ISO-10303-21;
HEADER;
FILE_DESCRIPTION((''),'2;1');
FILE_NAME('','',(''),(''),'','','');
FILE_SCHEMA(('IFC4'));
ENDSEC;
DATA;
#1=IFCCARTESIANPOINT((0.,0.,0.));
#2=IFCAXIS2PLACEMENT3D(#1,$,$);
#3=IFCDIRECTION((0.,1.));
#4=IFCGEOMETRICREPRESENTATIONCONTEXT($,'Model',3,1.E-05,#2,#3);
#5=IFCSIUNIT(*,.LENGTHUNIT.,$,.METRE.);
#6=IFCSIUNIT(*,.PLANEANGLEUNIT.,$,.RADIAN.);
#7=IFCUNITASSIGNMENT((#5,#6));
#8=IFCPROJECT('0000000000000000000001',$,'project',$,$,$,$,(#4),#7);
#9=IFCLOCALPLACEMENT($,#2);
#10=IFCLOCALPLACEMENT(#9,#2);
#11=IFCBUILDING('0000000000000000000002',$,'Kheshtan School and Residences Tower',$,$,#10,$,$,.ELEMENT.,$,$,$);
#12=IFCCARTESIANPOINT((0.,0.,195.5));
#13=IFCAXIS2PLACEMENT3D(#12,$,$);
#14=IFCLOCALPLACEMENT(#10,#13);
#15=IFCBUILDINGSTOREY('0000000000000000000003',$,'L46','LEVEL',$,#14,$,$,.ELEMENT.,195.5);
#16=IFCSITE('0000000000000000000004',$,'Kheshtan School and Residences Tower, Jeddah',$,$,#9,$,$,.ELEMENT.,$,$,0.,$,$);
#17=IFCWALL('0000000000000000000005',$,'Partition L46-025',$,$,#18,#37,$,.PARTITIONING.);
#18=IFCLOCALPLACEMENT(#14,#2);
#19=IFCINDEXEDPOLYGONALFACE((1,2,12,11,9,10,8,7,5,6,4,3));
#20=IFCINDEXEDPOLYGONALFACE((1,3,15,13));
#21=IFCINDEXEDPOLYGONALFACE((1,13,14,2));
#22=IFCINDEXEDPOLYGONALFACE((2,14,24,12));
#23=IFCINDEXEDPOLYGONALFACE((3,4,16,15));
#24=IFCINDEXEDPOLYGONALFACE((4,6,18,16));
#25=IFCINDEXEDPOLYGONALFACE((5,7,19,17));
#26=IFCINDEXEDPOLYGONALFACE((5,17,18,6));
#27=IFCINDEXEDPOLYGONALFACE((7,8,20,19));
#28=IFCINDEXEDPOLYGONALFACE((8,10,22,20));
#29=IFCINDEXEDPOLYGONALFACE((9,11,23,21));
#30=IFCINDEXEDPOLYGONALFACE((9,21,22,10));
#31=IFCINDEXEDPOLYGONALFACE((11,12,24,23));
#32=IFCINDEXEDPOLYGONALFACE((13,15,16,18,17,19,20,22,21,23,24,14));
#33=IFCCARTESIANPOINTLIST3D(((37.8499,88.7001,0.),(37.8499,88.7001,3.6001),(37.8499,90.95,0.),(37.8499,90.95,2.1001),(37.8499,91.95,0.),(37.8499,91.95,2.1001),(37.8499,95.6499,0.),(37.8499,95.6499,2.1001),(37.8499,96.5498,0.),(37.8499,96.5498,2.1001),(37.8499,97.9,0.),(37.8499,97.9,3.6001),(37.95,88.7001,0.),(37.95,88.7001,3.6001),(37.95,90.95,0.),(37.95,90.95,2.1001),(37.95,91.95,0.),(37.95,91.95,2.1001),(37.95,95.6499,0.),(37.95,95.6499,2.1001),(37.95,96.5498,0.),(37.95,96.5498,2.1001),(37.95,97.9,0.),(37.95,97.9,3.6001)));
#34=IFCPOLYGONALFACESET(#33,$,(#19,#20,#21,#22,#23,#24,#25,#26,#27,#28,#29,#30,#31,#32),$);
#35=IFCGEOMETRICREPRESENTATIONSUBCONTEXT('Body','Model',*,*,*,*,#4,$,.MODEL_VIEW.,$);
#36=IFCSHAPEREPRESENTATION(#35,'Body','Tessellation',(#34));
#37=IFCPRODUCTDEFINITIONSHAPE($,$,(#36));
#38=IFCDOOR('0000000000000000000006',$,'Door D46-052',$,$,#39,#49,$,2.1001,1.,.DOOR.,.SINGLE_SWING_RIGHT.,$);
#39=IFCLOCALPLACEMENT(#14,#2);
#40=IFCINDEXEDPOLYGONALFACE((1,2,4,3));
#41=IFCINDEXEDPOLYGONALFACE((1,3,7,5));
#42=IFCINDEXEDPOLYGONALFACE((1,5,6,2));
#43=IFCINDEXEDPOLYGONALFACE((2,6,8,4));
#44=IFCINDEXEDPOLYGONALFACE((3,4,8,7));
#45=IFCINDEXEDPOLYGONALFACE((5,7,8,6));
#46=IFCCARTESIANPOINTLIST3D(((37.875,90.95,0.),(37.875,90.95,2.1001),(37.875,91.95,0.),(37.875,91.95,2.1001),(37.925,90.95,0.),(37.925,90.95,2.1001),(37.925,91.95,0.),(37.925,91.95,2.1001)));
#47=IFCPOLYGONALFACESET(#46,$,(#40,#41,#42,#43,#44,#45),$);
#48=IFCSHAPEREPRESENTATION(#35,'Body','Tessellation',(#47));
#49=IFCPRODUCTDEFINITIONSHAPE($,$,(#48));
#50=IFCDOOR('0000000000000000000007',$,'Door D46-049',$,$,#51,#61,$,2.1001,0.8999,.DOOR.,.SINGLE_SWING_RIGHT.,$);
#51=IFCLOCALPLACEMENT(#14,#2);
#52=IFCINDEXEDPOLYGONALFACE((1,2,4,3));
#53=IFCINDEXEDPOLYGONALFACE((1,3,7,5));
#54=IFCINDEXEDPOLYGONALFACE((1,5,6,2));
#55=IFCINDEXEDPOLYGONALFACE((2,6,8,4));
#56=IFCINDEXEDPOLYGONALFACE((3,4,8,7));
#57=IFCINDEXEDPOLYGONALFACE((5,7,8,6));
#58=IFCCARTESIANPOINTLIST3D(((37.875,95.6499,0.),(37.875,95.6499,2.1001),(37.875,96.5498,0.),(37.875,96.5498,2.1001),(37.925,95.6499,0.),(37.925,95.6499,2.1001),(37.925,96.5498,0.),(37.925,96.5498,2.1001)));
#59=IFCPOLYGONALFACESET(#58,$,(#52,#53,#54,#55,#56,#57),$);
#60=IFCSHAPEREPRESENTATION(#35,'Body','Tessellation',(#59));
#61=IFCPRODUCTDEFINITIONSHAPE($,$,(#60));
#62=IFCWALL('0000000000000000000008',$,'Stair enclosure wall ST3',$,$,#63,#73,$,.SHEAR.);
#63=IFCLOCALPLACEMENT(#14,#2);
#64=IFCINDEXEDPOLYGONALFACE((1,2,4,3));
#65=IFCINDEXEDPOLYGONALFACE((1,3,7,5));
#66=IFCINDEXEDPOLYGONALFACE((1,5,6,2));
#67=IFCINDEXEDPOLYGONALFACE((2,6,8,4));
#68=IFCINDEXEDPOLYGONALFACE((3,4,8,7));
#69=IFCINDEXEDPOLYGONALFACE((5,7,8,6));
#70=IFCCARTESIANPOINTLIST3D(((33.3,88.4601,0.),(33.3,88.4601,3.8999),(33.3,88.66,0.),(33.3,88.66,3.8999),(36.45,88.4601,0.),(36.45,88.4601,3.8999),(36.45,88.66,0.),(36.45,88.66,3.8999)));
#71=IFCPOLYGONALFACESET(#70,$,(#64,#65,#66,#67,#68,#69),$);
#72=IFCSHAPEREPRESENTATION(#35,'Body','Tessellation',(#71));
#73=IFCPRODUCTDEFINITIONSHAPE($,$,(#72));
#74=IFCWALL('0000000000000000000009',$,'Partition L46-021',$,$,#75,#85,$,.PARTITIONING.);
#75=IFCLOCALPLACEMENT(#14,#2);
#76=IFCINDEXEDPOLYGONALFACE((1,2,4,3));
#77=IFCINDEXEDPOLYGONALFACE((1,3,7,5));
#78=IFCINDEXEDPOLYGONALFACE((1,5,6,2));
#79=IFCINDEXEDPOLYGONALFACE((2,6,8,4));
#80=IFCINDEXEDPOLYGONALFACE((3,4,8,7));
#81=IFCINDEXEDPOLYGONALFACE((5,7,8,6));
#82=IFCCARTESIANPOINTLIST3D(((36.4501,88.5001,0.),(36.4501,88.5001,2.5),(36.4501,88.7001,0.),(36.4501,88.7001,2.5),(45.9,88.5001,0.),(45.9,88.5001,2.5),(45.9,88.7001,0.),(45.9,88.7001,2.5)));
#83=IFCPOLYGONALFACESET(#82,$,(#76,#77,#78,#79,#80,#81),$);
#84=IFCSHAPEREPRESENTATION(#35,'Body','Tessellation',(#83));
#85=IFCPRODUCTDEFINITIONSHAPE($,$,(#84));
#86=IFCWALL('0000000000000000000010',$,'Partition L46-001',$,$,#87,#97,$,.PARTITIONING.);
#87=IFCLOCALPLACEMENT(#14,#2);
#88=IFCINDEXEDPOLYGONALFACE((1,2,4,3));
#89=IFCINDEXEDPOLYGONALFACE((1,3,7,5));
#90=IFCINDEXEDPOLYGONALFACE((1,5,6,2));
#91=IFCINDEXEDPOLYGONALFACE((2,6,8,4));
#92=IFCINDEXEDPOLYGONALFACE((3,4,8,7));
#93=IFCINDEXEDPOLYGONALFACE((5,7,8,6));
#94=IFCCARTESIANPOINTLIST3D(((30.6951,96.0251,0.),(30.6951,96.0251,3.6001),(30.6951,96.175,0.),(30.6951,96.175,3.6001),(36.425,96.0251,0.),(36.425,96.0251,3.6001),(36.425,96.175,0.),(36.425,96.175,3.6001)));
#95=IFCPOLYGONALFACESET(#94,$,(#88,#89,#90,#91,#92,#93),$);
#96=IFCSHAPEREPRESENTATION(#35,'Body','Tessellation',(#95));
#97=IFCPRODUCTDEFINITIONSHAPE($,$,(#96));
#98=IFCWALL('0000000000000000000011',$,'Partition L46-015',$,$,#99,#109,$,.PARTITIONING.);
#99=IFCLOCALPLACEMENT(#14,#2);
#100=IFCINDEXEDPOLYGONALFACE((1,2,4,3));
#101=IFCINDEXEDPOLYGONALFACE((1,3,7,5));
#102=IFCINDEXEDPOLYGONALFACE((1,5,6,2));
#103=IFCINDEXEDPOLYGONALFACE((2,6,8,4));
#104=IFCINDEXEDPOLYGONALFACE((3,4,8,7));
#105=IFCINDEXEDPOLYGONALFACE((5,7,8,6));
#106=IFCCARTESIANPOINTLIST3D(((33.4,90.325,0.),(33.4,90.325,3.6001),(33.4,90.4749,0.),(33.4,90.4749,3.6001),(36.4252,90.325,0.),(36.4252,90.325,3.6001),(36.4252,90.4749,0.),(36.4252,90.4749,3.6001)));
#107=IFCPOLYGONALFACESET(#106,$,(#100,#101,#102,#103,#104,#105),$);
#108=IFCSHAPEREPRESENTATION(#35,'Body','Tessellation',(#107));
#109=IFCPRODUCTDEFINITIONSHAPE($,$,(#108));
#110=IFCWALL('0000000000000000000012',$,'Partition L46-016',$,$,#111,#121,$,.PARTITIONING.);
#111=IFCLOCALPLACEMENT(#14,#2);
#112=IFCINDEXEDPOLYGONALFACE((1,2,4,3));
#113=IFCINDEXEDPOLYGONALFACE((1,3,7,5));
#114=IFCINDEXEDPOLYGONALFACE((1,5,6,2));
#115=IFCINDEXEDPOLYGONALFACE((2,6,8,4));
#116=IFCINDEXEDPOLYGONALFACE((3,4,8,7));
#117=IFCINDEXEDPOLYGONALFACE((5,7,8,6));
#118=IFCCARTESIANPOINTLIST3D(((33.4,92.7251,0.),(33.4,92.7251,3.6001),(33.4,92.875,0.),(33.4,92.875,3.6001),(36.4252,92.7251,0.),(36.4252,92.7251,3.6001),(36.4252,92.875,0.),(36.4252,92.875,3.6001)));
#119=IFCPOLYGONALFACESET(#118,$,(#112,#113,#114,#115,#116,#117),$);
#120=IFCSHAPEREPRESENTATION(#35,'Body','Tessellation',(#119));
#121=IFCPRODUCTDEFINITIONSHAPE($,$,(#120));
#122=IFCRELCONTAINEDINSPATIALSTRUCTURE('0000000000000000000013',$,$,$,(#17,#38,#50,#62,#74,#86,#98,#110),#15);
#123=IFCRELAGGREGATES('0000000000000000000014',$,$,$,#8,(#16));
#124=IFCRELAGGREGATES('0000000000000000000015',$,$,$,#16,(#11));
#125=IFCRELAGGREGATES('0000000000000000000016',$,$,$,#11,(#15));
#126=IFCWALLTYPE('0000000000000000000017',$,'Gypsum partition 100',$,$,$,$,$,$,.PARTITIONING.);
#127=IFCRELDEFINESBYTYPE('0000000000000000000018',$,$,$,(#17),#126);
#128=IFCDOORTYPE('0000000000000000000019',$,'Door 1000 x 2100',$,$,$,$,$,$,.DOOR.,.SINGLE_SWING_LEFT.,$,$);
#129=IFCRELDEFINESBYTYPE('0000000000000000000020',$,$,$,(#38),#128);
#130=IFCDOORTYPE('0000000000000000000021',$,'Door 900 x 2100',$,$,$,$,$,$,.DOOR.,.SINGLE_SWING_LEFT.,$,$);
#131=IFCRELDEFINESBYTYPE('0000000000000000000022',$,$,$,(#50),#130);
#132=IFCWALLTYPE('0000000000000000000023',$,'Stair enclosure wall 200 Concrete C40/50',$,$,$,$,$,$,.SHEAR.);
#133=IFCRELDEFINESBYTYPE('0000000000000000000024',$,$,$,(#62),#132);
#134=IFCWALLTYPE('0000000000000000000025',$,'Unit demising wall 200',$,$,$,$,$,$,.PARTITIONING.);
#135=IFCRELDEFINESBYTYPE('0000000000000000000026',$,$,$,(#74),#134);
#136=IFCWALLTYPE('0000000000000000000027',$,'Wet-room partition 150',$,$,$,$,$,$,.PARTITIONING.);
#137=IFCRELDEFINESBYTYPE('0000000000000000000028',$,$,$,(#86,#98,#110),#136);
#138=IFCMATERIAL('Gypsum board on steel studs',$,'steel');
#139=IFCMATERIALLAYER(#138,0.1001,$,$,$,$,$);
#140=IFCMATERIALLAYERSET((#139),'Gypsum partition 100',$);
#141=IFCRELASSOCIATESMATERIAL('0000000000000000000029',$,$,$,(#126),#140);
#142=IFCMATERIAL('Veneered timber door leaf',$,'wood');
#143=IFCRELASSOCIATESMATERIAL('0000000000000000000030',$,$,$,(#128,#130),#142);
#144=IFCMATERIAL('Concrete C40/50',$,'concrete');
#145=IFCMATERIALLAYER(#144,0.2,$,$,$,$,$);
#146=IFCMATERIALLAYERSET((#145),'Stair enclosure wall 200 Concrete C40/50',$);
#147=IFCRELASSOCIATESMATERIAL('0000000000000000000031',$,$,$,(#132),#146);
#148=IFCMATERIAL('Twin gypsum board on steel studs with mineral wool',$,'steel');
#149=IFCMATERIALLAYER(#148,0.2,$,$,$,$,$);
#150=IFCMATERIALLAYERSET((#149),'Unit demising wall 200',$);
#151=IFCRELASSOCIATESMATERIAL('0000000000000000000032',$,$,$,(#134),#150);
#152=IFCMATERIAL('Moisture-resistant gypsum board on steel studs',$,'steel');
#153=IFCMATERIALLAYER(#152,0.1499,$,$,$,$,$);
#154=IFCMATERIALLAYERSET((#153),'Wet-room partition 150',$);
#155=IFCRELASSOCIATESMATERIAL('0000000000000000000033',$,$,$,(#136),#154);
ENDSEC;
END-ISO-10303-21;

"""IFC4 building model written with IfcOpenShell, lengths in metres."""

from ifc_helpers import new_model, si_unit, direction, frame, frame_2d, origin, place, context, subcontext, project, spatial, rectangle, extrude, source, transform, mapped, material, layer, layer_set, type_object, element, fill, save


model = new_model("IFC4")

# Units and contexts
model_context = context("Model", 3, precision=1e-05, world=origin(), true_north=direction((0.0, 1.0)))
body_context = subcontext(model_context, "Body", "Model", "MODEL_VIEW")
ifc_project = project(units=[si_unit("LENGTHUNIT", "METRE"), si_unit("PLANEANGLEUNIT", "RADIAN")], contexts=[model_context])

# Site, building, storey
site_placement = place(None, origin())
site = spatial("IfcSite", under=ifc_project, at=site_placement, Name="Kheshtan School and Residences Tower, Jeddah", CompositionType="ELEMENT", RefElevation=0.0)
building_placement = place(site_placement, origin())
building = spatial("IfcBuilding", under=site, at=building_placement, Name="Kheshtan School and Residences Tower", CompositionType="ELEMENT")
storey_placement = place(building_placement, frame((0.0, 0.0, 195.5)))
storey = spatial("IfcBuildingStorey", under=building, at=storey_placement, Name="L46", Description="LEVEL", CompositionType="ELEMENT", Elevation=195.5)

# Wall, openings, doors
ifc_material_1 = material(Name="Gypsum board on steel studs", Category="steel")
ifc_layer_1 = layer(ifc_material_1, 0.1001)
ifc_layer_set_1 = layer_set([ifc_layer_1], Name="Gypsum partition 100")
wall_type_1 = type_object("IfcWallType", Name="Gypsum partition 100", PredefinedType="PARTITIONING", material=ifc_layer_set_1)
wall_1_placement = place(storey_placement, frame((37.8999, 88.7, 0.0), z_axis=(0.0, 0.0, 1.0), x_axis=(0.0, 1.0, 0.0)))
wall_1 = element("IfcWall", 1, at=wall_1_placement, inside=storey, type_object=wall_type_1, Name="Partition L46-025", PredefinedType="PARTITIONING", context=body_context, shape_type="SweptSolid", body=[
    extrude(rectangle(XDim=9.2, YDim=0.1001, at=frame_2d((4.6001, 0.0))), origin(), (0.0, 0.0, 1.0), 3.6001),
])
opening_1_placement = place(wall_1_placement, frame((6.95, 0.0, 0.0)))
opening_1 = element("IfcOpeningElement", 2, at=opening_1_placement, cuts=wall_1, PredefinedType="OPENING", context=body_context, shape_type="SweptSolid", body=[
    extrude(rectangle(XDim=0.8999, YDim=2.1001, at=frame_2d((0.45, 1.05))), frame((0.0, 0.0601, 0.0), z_axis=(0.0, -1.0, 0.0), x_axis=(1.0, 0.0, 0.0)), (0.0, 0.0, 1.0), 0.1201),
])
opening_2_placement = place(wall_1_placement, frame((2.25, 0.0, 0.0)))
opening_2 = element("IfcOpeningElement", 3, at=opening_2_placement, cuts=wall_1, PredefinedType="OPENING", context=body_context, shape_type="SweptSolid", body=[
    extrude(rectangle(XDim=1.0, YDim=2.1001, at=frame_2d((0.5, 1.05))), frame((0.0, 0.0601, 0.0), z_axis=(0.0, -1.0, 0.0), x_axis=(1.0, 0.0, 0.0)), (0.0, 0.0, 1.0), 0.1201),
])
ifc_material_2 = material(Name="Veneered timber door leaf", Category="wood")
door_type_1 = type_object("IfcDoorType", Name="Door 1000 x 2100", OperationType="SINGLE_SWING_LEFT", PredefinedType="DOOR", material=ifc_material_2)
shared_shape_1 = source(origin(), body_context, "Body", "SweptSolid", [
    extrude(rectangle(XDim=1.0, YDim=2.1001, at=frame_2d((0.5, 1.05))), frame((0.0, 0.0249, 0.0), z_axis=(0.0, -1.0, 0.0), x_axis=(1.0, 0.0, 0.0)), (0.0, 0.0, 1.0), 0.05),
])
door_1_placement = place(opening_2_placement, origin())
door_1 = element("IfcDoor", 4, at=door_1_placement, inside=storey, type_object=door_type_1, Name="Door D46-052", OperationType="SINGLE_SWING_RIGHT", OverallHeight=2.1001, OverallWidth=1.0, PredefinedType="DOOR", context=body_context, shape_type="MappedRepresentation", body=[
    mapped(shared_shape_1, transform((0.0, 0.0, 0.0), x_axis=(1.0, 0.0, 0.0), y_axis=(0.0, 1.0, 0.0), z_axis=(0.0, 0.0, 1.0), scale=1.0)),
])
fill(opening_2, door_1)
door_type_2 = type_object("IfcDoorType", Name="Door 900 x 2100", OperationType="SINGLE_SWING_LEFT", PredefinedType="DOOR", material=ifc_material_2)
shared_shape_2 = source(origin(), body_context, "Body", "SweptSolid", [
    extrude(rectangle(XDim=0.8999, YDim=2.1001, at=frame_2d((0.45, 1.05))), frame((0.0, 0.0249, 0.0), z_axis=(0.0, -1.0, 0.0), x_axis=(1.0, 0.0, 0.0)), (0.0, 0.0, 1.0), 0.05),
])
door_2_placement = place(opening_1_placement, origin())
door_2 = element("IfcDoor", 5, at=door_2_placement, inside=storey, type_object=door_type_2, Name="Door D46-049", OperationType="SINGLE_SWING_RIGHT", OverallHeight=2.1001, OverallWidth=0.8999, PredefinedType="DOOR", context=body_context, shape_type="MappedRepresentation", body=[
    mapped(shared_shape_2, transform((0.0, 0.0, 0.0), x_axis=(1.0, 0.0, 0.0), y_axis=(0.0, 1.0, 0.0), z_axis=(0.0, 0.0, 1.0), scale=1.0)),
])
fill(opening_1, door_2)

# Walls
ifc_material_3 = material(Name="Concrete C40/50", Category="concrete")
ifc_layer_2 = layer(ifc_material_3, 0.2)
ifc_layer_set_2 = layer_set([ifc_layer_2], Name="Stair enclosure wall 200 Concrete C40/50")
wall_type_2 = type_object("IfcWallType", Name="Stair enclosure wall 200 Concrete C40/50", PredefinedType="SHEAR", material=ifc_layer_set_2)
wall_2_placement = place(storey_placement, frame((33.3, 88.5601, 0.0), z_axis=(0.0, 0.0, 1.0), x_axis=(1.0, 0.0, 0.0)))
element("IfcWall", 6, at=wall_2_placement, inside=storey, type_object=wall_type_2, Name="Stair enclosure wall ST3", PredefinedType="SHEAR", context=body_context, shape_type="SweptSolid", body=[
    extrude(rectangle(XDim=3.1499, YDim=0.2, at=frame_2d((1.575, 0.0))), origin(), (0.0, 0.0, 1.0), 3.8999),
])
ifc_material_4 = material(Name="Twin gypsum board on steel studs with mineral wool", Category="steel")
ifc_layer_3 = layer(ifc_material_4, 0.2)
ifc_layer_set_3 = layer_set([ifc_layer_3], Name="Unit demising wall 200")
wall_type_3 = type_object("IfcWallType", Name="Unit demising wall 200", PredefinedType="PARTITIONING", material=ifc_layer_set_3)
wall_3_placement = place(storey_placement, frame((36.45, 88.6001, 0.0), z_axis=(0.0, 0.0, 1.0), x_axis=(1.0, 0.0, 0.0)))
element("IfcWall", 7, at=wall_3_placement, inside=storey, type_object=wall_type_3, Name="Partition L46-021", PredefinedType="PARTITIONING", context=body_context, shape_type="SweptSolid", body=[
    extrude(rectangle(XDim=9.45, YDim=0.2, at=frame_2d((4.7251, 0.0))), origin(), (0.0, 0.0, 1.0), 2.5),
])
ifc_material_5 = material(Name="Moisture-resistant gypsum board on steel studs", Category="steel")
ifc_layer_4 = layer(ifc_material_5, 0.1499)
ifc_layer_set_4 = layer_set([ifc_layer_4], Name="Wet-room partition 150")
wall_type_4 = type_object("IfcWallType", Name="Wet-room partition 150", PredefinedType="PARTITIONING", material=ifc_layer_set_4)
wall_4_placement = place(storey_placement, frame((30.6951, 96.1001, 0.0), z_axis=(0.0, 0.0, 1.0), x_axis=(1.0, 0.0, 0.0)))
element("IfcWall", 8, at=wall_4_placement, inside=storey, type_object=wall_type_4, Name="Partition L46-001", PredefinedType="PARTITIONING", context=body_context, shape_type="SweptSolid", body=[
    extrude(rectangle(XDim=5.73, YDim=0.1499, at=frame_2d((2.865, 0.0))), origin(), (0.0, 0.0, 1.0), 3.6001),
])
for number, where, z_axis, x_axis, name in (
    (9, (33.3999, 90.3999, 0.0), (0.0, 0.0, 1.0), (1.0, 0.0, 0.0), "Partition L46-015"),
    (10, (33.3999, 92.8, 0.0), (0.0, 0.0, 1.0), (1.0, 0.0, 0.0), "Partition L46-016"),
):
    element("IfcWall", number, at=place(storey_placement, frame(where, z_axis=z_axis, x_axis=x_axis)), inside=storey, type_object=wall_type_4, Name=name, PredefinedType="PARTITIONING", context=body_context, shape_type="SweptSolid", body=[
        extrude(rectangle(XDim=3.0251, YDim=0.1499, at=frame_2d((1.5127, 0.0))), origin(), (0.0, 0.0, 1.0), 3.6001),
    ])

save(model, "model.ifc")
